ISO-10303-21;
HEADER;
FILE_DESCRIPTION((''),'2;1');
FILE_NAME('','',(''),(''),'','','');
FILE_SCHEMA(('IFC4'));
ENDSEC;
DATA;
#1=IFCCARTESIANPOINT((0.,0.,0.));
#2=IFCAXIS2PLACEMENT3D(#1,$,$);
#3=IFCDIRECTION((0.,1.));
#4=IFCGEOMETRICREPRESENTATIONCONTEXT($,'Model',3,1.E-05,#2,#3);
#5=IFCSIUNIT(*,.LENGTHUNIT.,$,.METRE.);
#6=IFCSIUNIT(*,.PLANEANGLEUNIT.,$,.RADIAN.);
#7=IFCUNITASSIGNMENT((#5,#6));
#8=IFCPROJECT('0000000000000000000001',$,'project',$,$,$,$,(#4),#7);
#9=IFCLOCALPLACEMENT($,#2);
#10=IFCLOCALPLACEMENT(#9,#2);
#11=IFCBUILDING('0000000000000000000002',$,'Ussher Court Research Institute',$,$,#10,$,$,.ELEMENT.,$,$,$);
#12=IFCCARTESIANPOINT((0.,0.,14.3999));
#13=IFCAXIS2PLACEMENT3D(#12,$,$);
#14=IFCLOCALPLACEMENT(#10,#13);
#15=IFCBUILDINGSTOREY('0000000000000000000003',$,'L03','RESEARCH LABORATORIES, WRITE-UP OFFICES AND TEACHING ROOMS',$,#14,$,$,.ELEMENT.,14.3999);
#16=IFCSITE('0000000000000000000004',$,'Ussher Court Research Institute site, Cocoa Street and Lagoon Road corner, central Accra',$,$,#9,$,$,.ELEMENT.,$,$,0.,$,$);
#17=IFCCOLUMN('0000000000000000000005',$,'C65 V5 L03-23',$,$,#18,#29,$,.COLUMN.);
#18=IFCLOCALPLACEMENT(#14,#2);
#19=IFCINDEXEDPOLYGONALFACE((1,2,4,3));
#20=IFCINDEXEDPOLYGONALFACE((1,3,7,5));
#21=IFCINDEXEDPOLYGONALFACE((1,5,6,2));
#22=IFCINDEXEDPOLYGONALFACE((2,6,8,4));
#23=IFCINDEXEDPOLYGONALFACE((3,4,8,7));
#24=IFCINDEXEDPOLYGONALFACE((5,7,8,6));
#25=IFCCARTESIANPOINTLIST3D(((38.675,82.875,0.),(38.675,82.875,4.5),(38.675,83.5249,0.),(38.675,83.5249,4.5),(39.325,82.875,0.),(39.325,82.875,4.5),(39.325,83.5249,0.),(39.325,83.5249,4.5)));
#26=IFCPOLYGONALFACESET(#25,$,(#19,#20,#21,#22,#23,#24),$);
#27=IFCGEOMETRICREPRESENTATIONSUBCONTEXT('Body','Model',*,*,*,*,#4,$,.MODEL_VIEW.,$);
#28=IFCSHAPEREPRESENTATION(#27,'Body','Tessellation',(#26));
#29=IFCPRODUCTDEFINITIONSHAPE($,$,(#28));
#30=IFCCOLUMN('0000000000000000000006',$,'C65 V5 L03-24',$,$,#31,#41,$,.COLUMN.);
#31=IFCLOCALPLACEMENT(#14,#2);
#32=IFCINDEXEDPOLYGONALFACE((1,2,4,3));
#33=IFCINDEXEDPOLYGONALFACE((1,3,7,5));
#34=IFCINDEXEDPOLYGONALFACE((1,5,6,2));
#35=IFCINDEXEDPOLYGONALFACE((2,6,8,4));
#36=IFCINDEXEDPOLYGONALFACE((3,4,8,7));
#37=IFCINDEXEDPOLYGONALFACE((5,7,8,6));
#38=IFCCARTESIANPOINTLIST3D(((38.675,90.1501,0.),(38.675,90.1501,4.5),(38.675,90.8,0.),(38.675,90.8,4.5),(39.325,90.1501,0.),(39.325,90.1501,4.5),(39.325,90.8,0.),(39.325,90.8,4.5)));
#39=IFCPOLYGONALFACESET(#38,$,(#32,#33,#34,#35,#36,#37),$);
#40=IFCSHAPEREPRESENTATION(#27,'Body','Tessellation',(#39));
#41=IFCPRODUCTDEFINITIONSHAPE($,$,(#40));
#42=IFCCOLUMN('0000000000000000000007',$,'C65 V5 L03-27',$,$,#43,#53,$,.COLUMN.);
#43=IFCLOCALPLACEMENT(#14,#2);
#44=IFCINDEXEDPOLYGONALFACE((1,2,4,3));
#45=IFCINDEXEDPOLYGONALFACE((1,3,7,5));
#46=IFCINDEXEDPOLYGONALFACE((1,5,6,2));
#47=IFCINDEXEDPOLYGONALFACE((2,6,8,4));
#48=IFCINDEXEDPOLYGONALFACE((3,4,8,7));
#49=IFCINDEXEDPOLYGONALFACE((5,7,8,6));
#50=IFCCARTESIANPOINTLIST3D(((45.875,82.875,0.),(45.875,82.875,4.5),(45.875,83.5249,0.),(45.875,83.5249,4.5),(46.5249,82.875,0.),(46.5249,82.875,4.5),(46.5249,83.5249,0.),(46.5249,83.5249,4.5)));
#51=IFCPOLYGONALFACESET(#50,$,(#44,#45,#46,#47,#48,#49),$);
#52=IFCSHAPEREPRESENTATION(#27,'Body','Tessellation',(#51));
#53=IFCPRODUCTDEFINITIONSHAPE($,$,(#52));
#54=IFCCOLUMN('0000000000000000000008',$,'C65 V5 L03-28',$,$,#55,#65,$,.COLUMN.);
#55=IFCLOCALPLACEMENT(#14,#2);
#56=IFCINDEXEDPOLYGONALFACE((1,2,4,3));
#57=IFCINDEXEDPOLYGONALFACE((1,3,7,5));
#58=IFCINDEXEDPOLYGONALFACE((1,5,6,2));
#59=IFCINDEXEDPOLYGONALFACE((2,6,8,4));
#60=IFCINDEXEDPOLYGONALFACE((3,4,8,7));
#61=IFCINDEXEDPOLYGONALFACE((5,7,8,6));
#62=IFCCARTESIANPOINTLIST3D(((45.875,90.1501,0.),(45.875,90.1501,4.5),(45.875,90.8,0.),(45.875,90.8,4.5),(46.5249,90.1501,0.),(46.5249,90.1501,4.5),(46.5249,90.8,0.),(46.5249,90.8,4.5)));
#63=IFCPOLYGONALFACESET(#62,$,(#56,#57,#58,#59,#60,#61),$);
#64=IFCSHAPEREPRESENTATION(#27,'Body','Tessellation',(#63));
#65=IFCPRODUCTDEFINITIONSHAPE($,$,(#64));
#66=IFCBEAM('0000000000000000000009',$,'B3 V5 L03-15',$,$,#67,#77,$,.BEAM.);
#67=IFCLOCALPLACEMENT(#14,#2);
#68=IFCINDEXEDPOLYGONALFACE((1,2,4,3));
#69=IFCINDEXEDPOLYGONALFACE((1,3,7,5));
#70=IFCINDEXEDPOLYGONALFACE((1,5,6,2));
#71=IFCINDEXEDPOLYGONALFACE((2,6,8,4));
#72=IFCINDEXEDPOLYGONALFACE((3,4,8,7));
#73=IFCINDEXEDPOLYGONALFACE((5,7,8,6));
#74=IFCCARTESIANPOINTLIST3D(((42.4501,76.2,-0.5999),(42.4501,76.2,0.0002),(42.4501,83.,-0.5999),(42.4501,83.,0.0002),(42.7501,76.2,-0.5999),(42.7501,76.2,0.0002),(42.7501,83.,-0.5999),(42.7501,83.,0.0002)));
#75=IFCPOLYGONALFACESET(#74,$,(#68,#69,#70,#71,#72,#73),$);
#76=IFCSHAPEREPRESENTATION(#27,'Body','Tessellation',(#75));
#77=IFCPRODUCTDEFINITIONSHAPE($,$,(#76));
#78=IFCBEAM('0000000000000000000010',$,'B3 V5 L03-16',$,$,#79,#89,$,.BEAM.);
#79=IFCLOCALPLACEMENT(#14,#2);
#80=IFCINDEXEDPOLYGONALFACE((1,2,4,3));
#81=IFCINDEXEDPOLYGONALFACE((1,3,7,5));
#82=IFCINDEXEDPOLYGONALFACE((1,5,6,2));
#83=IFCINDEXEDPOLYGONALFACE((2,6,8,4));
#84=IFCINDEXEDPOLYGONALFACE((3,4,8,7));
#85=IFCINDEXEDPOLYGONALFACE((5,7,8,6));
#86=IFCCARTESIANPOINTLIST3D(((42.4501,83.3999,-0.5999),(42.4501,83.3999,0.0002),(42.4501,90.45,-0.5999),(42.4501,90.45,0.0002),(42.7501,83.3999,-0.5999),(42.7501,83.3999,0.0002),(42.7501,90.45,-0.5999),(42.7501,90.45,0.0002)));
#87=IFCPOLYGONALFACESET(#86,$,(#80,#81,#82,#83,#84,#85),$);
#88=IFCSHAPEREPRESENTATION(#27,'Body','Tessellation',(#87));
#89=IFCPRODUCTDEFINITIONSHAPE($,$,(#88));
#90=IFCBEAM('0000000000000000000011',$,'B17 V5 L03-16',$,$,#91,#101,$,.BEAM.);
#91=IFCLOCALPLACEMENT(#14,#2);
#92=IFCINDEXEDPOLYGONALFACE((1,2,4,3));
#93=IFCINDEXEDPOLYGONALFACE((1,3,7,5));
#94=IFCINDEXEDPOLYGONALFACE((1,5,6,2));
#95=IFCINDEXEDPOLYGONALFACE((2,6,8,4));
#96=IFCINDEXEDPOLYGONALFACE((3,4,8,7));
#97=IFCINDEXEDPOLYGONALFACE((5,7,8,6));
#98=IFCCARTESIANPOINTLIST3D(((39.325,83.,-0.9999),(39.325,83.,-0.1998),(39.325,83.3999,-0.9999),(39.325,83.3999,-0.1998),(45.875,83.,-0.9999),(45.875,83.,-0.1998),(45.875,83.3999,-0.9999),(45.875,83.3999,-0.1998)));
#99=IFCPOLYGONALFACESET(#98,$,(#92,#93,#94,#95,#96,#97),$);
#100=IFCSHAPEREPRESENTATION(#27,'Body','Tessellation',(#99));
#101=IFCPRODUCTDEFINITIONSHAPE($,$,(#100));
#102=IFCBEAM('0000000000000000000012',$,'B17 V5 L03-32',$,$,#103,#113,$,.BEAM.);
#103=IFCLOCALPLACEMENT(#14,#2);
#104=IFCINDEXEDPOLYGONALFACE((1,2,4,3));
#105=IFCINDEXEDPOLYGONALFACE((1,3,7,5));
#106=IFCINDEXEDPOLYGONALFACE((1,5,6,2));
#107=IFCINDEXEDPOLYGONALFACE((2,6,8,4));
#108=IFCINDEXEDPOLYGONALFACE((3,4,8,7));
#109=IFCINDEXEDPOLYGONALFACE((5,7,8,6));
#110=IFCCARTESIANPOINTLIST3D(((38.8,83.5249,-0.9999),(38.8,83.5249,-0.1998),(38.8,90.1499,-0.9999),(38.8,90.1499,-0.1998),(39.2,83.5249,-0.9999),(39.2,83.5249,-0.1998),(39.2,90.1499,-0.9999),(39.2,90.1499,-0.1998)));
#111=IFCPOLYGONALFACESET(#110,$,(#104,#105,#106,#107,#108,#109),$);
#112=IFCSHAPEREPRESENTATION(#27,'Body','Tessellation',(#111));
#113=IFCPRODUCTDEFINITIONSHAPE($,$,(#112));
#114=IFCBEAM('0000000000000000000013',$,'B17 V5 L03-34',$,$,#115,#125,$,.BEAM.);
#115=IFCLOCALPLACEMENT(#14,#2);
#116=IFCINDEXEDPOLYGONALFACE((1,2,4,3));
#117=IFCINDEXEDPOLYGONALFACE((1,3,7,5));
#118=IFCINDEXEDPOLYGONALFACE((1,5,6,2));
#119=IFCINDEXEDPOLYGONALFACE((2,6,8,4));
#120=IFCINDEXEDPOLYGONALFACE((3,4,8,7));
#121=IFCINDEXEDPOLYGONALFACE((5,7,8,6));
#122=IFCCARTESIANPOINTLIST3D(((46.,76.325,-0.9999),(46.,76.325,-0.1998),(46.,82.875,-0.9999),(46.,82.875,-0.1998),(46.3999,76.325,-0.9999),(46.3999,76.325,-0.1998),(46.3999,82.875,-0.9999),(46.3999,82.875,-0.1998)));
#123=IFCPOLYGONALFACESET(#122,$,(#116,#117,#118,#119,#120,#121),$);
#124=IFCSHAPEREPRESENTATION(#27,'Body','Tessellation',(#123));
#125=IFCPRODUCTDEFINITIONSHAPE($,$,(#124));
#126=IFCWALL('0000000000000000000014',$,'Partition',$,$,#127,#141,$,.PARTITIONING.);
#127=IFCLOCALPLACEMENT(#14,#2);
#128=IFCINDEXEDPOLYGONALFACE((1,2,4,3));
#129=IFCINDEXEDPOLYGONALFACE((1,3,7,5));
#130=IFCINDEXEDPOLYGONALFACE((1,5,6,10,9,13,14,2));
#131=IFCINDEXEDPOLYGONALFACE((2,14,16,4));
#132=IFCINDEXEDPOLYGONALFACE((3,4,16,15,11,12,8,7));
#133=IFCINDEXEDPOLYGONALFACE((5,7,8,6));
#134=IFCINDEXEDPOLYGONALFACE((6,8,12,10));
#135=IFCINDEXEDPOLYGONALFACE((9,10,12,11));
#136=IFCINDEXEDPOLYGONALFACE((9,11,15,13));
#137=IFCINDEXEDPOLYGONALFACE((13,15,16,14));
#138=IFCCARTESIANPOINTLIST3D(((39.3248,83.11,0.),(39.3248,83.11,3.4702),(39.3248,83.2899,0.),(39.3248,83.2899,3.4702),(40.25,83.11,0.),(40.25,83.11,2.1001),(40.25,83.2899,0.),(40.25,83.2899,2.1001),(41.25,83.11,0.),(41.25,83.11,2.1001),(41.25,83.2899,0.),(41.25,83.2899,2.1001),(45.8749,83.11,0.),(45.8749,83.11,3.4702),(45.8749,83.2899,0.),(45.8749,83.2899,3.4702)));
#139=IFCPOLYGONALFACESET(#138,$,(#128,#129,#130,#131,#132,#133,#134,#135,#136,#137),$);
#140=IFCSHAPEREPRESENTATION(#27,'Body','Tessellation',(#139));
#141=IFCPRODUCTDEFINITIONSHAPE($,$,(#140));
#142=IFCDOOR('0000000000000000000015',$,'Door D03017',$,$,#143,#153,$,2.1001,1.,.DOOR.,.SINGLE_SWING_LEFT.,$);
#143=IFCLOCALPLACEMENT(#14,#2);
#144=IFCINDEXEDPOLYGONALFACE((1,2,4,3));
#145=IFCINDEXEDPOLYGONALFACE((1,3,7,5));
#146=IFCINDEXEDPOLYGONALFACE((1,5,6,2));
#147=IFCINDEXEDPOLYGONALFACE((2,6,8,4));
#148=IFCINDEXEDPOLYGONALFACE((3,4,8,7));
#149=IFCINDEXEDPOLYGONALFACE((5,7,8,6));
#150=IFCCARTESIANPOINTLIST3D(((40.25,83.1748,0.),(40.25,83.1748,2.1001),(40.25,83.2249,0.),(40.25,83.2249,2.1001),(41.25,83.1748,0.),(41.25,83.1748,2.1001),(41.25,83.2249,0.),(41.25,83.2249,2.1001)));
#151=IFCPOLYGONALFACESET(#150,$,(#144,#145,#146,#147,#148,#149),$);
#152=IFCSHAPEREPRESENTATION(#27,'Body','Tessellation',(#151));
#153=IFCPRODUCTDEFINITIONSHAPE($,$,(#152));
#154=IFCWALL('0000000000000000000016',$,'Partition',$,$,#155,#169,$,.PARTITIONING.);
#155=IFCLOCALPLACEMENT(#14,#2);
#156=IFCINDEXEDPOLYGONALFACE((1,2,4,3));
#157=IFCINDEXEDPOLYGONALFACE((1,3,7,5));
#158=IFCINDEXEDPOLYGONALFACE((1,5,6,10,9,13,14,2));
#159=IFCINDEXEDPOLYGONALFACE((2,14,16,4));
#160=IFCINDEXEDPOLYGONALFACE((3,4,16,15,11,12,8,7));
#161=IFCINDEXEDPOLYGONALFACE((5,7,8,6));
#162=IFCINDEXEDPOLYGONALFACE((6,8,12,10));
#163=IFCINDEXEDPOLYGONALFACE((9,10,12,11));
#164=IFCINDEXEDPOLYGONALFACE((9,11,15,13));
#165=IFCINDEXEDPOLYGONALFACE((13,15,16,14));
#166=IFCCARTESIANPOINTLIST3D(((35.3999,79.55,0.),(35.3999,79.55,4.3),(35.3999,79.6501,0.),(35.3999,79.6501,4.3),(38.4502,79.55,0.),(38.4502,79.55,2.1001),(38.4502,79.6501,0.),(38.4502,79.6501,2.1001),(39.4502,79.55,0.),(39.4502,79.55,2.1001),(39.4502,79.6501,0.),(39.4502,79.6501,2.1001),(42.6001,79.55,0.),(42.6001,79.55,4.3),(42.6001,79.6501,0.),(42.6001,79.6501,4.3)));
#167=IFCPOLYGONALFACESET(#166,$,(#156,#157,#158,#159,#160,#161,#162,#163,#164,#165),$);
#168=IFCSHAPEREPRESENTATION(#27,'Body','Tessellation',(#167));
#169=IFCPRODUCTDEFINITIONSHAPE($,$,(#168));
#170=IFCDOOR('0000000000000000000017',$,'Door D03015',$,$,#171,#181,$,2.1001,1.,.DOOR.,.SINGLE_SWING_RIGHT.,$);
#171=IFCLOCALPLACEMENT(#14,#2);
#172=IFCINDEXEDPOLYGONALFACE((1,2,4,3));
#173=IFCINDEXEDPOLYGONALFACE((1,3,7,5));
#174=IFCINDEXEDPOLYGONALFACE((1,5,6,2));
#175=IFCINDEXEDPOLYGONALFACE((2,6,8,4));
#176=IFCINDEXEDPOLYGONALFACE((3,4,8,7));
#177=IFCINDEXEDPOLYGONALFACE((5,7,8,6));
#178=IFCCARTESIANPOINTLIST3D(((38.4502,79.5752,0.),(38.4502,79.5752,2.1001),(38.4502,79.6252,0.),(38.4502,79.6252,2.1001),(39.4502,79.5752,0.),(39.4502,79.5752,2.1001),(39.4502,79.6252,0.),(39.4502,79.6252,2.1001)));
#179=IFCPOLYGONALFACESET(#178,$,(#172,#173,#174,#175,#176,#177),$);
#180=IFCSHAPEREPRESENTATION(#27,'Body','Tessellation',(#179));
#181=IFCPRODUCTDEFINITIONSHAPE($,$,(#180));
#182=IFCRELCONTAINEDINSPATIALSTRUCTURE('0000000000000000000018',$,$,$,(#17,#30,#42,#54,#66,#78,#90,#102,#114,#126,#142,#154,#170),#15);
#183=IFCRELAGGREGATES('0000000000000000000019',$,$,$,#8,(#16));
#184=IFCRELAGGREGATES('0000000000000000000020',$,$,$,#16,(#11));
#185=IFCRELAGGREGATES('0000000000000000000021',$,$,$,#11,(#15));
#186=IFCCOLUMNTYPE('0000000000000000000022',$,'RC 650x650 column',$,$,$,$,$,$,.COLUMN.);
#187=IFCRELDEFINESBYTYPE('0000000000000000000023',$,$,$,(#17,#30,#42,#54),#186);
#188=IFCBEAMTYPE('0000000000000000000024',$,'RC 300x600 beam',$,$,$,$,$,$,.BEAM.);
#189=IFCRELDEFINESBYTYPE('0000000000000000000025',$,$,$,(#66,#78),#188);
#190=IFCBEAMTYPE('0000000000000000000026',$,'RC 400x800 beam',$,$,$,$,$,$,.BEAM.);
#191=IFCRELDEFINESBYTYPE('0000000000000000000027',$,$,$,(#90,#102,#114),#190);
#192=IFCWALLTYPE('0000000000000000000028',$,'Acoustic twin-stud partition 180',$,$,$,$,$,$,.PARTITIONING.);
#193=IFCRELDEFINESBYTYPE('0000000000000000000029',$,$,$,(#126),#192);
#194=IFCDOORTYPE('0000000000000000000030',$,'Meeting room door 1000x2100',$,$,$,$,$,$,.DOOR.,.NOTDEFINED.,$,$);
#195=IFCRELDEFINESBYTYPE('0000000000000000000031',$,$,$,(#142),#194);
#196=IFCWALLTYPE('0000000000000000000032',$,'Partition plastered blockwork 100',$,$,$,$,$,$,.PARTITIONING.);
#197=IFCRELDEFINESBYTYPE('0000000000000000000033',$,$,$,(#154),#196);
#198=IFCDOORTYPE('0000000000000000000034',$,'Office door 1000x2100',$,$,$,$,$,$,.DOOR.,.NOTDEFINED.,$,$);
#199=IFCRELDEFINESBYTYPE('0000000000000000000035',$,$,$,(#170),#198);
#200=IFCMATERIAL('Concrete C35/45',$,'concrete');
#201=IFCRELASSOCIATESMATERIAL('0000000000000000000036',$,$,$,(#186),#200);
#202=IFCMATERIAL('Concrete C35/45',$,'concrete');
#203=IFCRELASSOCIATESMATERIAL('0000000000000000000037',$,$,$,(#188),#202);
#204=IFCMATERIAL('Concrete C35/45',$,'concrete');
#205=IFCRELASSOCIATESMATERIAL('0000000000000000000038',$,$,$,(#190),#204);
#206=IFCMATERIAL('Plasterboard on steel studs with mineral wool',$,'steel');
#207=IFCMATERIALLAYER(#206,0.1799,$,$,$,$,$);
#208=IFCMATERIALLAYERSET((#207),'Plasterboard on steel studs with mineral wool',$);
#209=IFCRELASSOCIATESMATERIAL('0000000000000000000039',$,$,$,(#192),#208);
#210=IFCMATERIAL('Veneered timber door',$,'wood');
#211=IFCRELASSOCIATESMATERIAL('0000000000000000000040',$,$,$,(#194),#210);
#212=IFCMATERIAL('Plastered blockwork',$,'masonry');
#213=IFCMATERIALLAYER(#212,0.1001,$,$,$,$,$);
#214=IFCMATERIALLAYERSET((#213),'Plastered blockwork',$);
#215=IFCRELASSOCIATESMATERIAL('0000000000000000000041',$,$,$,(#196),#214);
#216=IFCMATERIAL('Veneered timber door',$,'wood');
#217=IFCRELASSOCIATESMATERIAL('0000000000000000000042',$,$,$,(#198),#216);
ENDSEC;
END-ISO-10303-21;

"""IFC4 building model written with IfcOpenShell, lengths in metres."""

from ifc_helpers import new_model, si_unit, direction, frame, frame_2d, origin, origin_2d, place, context, subcontext, project, spatial, rectangle, extrude, material, layer, layer_set, material_profile, profile_set, type_object, element, fill, save


model = new_model("IFC4")

# Units and contexts
model_context = context("Model", 3, precision=1e-05, world=origin(), true_north=direction((0.0, 1.0)))
body_context = subcontext(model_context, "Body", "Model", "MODEL_VIEW")
ifc_project = project(units=[si_unit("LENGTHUNIT", "METRE"), si_unit("PLANEANGLEUNIT", "RADIAN")], contexts=[model_context])

# Site, building, storey
site_placement = place(None, origin())
site = spatial("IfcSite", under=ifc_project, at=site_placement, Name="Ussher Court Research Institute site, Cocoa Street and Lagoon Road corner, central Accra", CompositionType="ELEMENT", RefElevation=0.0)
building_placement = place(site_placement, origin())
building = spatial("IfcBuilding", under=site, at=building_placement, Name="Ussher Court Research Institute", CompositionType="ELEMENT")
storey_placement = place(building_placement, frame((0.0, 0.0, 14.3999)))
storey = spatial("IfcBuildingStorey", under=building, at=storey_placement, Name="L03", Description="RESEARCH LABORATORIES, WRITE-UP OFFICES AND TEACHING ROOMS", CompositionType="ELEMENT", Elevation=14.3999)

# Columns
ifc_material_1 = material(Name="Concrete C35/45", Category="concrete")
ifc_material_profile_1 = material_profile(ifc_material_1, rectangle(XDim=0.6499, YDim=0.6499, at=origin_2d()), Name="RC 650x650")
ifc_profile_set_1 = profile_set([ifc_material_profile_1], Name="Concrete C35/45")
column_type = type_object("IfcColumnType", Name="RC 650x650 column", PredefinedType="COLUMN", material=ifc_profile_set_1)
for number, where, z_axis, x_axis, name in (
    (1, (39.0, 83.2, 0.0), (0.0, 0.0, 1.0), (1.0, 0.0, 0.0), "C65 V5 L03-23"),
    (2, (39.0, 90.4751, 0.0), (0.0, 0.0, 1.0), (1.0, 0.0, 0.0), "C65 V5 L03-24"),
    (3, (46.2, 83.2, 0.0), (0.0, 0.0, 1.0), (1.0, 0.0, 0.0), "C65 V5 L03-27"),
    (4, (46.2, 90.4751, 0.0), (0.0, 0.0, 1.0), (1.0, 0.0, 0.0), "C65 V5 L03-28"),
):
    element("IfcColumn", number, at=place(storey_placement, frame(where, z_axis=z_axis, x_axis=x_axis)), inside=storey, type_object=column_type, Name=name, PredefinedType="COLUMN", context=body_context, shape_type="SweptSolid", body=[
        extrude(rectangle(XDim=0.6499, YDim=0.6499, at=origin_2d()), origin(), (0.0, 0.0, 1.0), 4.5),
    ])

# Beams
ifc_material_2 = material(Name="Concrete C35/45", Category="concrete")
ifc_material_profile_2 = material_profile(ifc_material_2, rectangle(XDim=0.3, YDim=0.6001, at=origin_2d()), Name="RC 300x600")
ifc_profile_set_2 = profile_set([ifc_material_profile_2], Name="Concrete C35/45")
beam_type_1 = type_object("IfcBeamType", Name="RC 300x600 beam", PredefinedType="BEAM", material=ifc_profile_set_2)
beam_1_placement = place(storey_placement, frame((42.6001, 76.2, -0.2998), z_axis=(0.0, 1.0, 0.0), x_axis=(-1.0, 0.0, 0.0)))
element("IfcBeam", 5, at=beam_1_placement, inside=storey, type_object=beam_type_1, Name="B3 V5 L03-15", PredefinedType="BEAM", context=body_context, shape_type="SweptSolid", body=[
    extrude(rectangle(XDim=0.3, YDim=0.6001, at=origin_2d()), origin(), (0.0, 0.0, 1.0), 6.8),
])
beam_2_placement = place(storey_placement, frame((42.6001, 83.3999, -0.2998), z_axis=(0.0, 1.0, 0.0), x_axis=(-1.0, 0.0, 0.0)))
element("IfcBeam", 6, at=beam_2_placement, inside=storey, type_object=beam_type_1, Name="B3 V5 L03-16", PredefinedType="BEAM", context=body_context, shape_type="SweptSolid", body=[
    extrude(rectangle(XDim=0.3, YDim=0.6001, at=origin_2d()), origin(), (0.0, 0.0, 1.0), 7.05),
])
ifc_material_3 = material(Name="Concrete C35/45", Category="concrete")
ifc_material_profile_3 = material_profile(ifc_material_3, rectangle(XDim=0.3999, YDim=0.8, at=origin_2d()), Name="RC 400x800")
ifc_profile_set_3 = profile_set([ifc_material_profile_3], Name="Concrete C35/45")
beam_type_2 = type_object("IfcBeamType", Name="RC 400x800 beam", PredefinedType="BEAM", material=ifc_profile_set_3)
beam_3_placement = place(storey_placement, frame((39.325, 83.2, -0.5999), z_axis=(1.0, 0.0, 0.0), x_axis=(0.0, 1.0, 0.0)))
element("IfcBeam", 7, at=beam_3_placement, inside=storey, type_object=beam_type_2, Name="B17 V5 L03-16", PredefinedType="BEAM", context=body_context, shape_type="SweptSolid", body=[
    extrude(rectangle(XDim=0.3999, YDim=0.8, at=origin_2d()), origin(), (0.0, 0.0, 1.0), 6.55),
])
beam_4_placement = place(storey_placement, frame((39.0, 83.5249, -0.5999), z_axis=(0.0, 1.0, 0.0), x_axis=(-1.0, 0.0, 0.0)))
element("IfcBeam", 8, at=beam_4_placement, inside=storey, type_object=beam_type_2, Name="B17 V5 L03-32", PredefinedType="BEAM", context=body_context, shape_type="SweptSolid", body=[
    extrude(rectangle(XDim=0.3999, YDim=0.8, at=origin_2d()), origin(), (0.0, 0.0, 1.0), 6.625),
])
beam_5_placement = place(storey_placement, frame((46.2, 76.325, -0.5999), z_axis=(0.0, 1.0, 0.0), x_axis=(-1.0, 0.0, 0.0)))
element("IfcBeam", 9, at=beam_5_placement, inside=storey, type_object=beam_type_2, Name="B17 V5 L03-34", PredefinedType="BEAM", context=body_context, shape_type="SweptSolid", body=[
    extrude(rectangle(XDim=0.3999, YDim=0.8, at=origin_2d()), origin(), (0.0, 0.0, 1.0), 6.55),
])

# Walls, openings, doors
ifc_material_4 = material(Name="Plasterboard on steel studs with mineral wool", Category="steel")
ifc_layer_1 = layer(ifc_material_4, 0.1799)
ifc_layer_set_1 = layer_set([ifc_layer_1], Name="Plasterboard on steel studs with mineral wool")
wall_type_1 = type_object("IfcWallType", Name="Acoustic twin-stud partition 180", PredefinedType="PARTITIONING", material=ifc_layer_set_1)
wall_1_placement = place(storey_placement, frame((39.325, 83.2, 0.0), z_axis=(0.0, 0.0, 1.0), x_axis=(1.0, 0.0, 0.0)))
wall_1 = element("IfcWall", 10, at=wall_1_placement, inside=storey, type_object=wall_type_1, Name="Partition", PredefinedType="PARTITIONING", context=body_context, shape_type="SweptSolid", body=[
    extrude(rectangle(XDim=6.55, YDim=0.1799, at=frame_2d((3.2749, 0.0))), origin(), (0.0, 0.0, 1.0), 3.4702),
])
opening_1_placement = place(wall_1_placement, frame((0.925, 0.0, 0.0)))
opening_1 = element("IfcOpeningElement", 11, at=opening_1_placement, cuts=wall_1, PredefinedType="OPENING", context=body_context, shape_type="SweptSolid", body=[
    extrude(rectangle(XDim=1.0, YDim=2.1001, at=frame_2d((0.5, 1.05))), frame((0.0, 0.1001, 0.0), z_axis=(0.0, -1.0, 0.0), x_axis=(1.0, 0.0, 0.0)), (0.0, 0.0, 1.0), 0.2),
])
ifc_material_5 = material(Name="Veneered timber door", Category="wood")
door_type_1 = type_object("IfcDoorType", Name="Meeting room door 1000x2100", OperationType="NOTDEFINED", PredefinedType="DOOR", material=ifc_material_5)
door_1_placement = place(opening_1_placement, origin())
door_1 = element("IfcDoor", 12, at=door_1_placement, inside=storey, type_object=door_type_1, Name="Door D03017", OperationType="SINGLE_SWING_LEFT", OverallHeight=2.1001, OverallWidth=1.0, PredefinedType="DOOR", context=body_context, shape_type="SweptSolid", body=[
    extrude(rectangle(XDim=1.0, YDim=2.1001, at=frame_2d((0.5, 1.05))), frame((0.0, 0.0249, 0.0), z_axis=(0.0, -1.0, 0.0), x_axis=(1.0, 0.0, 0.0)), (0.0, 0.0, 1.0), 0.05),
])
fill(opening_1, door_1)
ifc_material_6 = material(Name="Plastered blockwork", Category="masonry")
ifc_layer_2 = layer(ifc_material_6, 0.1001)
ifc_layer_set_2 = layer_set([ifc_layer_2], Name="Plastered blockwork")
wall_type_2 = type_object("IfcWallType", Name="Partition plastered blockwork 100", PredefinedType="PARTITIONING", material=ifc_layer_set_2)
wall_2_placement = place(storey_placement, frame((42.6001, 79.6001, 0.0), z_axis=(0.0, 0.0, 1.0), x_axis=(-1.0, 0.0, 0.0)))
wall_2 = element("IfcWall", 13, at=wall_2_placement, inside=storey, type_object=wall_type_2, Name="Partition", PredefinedType="PARTITIONING", context=body_context, shape_type="SweptSolid", body=[
    extrude(rectangle(XDim=7.2002, YDim=0.1001, at=frame_2d((3.6001, 0.0))), origin(), (0.0, 0.0, 1.0), 4.3),
])
opening_2_placement = place(wall_2_placement, frame((3.1499, 0.0, 0.0)))
opening_2 = element("IfcOpeningElement", 14, at=opening_2_placement, cuts=wall_2, PredefinedType="OPENING", context=body_context, shape_type="SweptSolid", body=[
    extrude(rectangle(XDim=1.0, YDim=2.1001, at=frame_2d((0.5, 1.05))), frame((0.0, 0.0601, 0.0), z_axis=(0.0, -1.0, 0.0), x_axis=(1.0, 0.0, 0.0)), (0.0, 0.0, 1.0), 0.1201),
])
ifc_material_7 = material(Name="Veneered timber door", Category="wood")
door_type_2 = type_object("IfcDoorType", Name="Office door 1000x2100", OperationType="NOTDEFINED", PredefinedType="DOOR", material=ifc_material_7)
door_2_placement = place(opening_2_placement, origin())
door_2 = element("IfcDoor", 15, at=door_2_placement, inside=storey, type_object=door_type_2, Name="Door D03015", OperationType="SINGLE_SWING_RIGHT", OverallHeight=2.1001, OverallWidth=1.0, PredefinedType="DOOR", context=body_context, shape_type="SweptSolid", body=[
    extrude(rectangle(XDim=1.0, YDim=2.1001, at=frame_2d((0.5, 1.05))), frame((0.0, 0.0249, 0.0), z_axis=(0.0, -1.0, 0.0), x_axis=(1.0, 0.0, 0.0)), (0.0, 0.0, 1.0), 0.05),
])
fill(opening_2, door_2)

save(model, "model.ifc")
